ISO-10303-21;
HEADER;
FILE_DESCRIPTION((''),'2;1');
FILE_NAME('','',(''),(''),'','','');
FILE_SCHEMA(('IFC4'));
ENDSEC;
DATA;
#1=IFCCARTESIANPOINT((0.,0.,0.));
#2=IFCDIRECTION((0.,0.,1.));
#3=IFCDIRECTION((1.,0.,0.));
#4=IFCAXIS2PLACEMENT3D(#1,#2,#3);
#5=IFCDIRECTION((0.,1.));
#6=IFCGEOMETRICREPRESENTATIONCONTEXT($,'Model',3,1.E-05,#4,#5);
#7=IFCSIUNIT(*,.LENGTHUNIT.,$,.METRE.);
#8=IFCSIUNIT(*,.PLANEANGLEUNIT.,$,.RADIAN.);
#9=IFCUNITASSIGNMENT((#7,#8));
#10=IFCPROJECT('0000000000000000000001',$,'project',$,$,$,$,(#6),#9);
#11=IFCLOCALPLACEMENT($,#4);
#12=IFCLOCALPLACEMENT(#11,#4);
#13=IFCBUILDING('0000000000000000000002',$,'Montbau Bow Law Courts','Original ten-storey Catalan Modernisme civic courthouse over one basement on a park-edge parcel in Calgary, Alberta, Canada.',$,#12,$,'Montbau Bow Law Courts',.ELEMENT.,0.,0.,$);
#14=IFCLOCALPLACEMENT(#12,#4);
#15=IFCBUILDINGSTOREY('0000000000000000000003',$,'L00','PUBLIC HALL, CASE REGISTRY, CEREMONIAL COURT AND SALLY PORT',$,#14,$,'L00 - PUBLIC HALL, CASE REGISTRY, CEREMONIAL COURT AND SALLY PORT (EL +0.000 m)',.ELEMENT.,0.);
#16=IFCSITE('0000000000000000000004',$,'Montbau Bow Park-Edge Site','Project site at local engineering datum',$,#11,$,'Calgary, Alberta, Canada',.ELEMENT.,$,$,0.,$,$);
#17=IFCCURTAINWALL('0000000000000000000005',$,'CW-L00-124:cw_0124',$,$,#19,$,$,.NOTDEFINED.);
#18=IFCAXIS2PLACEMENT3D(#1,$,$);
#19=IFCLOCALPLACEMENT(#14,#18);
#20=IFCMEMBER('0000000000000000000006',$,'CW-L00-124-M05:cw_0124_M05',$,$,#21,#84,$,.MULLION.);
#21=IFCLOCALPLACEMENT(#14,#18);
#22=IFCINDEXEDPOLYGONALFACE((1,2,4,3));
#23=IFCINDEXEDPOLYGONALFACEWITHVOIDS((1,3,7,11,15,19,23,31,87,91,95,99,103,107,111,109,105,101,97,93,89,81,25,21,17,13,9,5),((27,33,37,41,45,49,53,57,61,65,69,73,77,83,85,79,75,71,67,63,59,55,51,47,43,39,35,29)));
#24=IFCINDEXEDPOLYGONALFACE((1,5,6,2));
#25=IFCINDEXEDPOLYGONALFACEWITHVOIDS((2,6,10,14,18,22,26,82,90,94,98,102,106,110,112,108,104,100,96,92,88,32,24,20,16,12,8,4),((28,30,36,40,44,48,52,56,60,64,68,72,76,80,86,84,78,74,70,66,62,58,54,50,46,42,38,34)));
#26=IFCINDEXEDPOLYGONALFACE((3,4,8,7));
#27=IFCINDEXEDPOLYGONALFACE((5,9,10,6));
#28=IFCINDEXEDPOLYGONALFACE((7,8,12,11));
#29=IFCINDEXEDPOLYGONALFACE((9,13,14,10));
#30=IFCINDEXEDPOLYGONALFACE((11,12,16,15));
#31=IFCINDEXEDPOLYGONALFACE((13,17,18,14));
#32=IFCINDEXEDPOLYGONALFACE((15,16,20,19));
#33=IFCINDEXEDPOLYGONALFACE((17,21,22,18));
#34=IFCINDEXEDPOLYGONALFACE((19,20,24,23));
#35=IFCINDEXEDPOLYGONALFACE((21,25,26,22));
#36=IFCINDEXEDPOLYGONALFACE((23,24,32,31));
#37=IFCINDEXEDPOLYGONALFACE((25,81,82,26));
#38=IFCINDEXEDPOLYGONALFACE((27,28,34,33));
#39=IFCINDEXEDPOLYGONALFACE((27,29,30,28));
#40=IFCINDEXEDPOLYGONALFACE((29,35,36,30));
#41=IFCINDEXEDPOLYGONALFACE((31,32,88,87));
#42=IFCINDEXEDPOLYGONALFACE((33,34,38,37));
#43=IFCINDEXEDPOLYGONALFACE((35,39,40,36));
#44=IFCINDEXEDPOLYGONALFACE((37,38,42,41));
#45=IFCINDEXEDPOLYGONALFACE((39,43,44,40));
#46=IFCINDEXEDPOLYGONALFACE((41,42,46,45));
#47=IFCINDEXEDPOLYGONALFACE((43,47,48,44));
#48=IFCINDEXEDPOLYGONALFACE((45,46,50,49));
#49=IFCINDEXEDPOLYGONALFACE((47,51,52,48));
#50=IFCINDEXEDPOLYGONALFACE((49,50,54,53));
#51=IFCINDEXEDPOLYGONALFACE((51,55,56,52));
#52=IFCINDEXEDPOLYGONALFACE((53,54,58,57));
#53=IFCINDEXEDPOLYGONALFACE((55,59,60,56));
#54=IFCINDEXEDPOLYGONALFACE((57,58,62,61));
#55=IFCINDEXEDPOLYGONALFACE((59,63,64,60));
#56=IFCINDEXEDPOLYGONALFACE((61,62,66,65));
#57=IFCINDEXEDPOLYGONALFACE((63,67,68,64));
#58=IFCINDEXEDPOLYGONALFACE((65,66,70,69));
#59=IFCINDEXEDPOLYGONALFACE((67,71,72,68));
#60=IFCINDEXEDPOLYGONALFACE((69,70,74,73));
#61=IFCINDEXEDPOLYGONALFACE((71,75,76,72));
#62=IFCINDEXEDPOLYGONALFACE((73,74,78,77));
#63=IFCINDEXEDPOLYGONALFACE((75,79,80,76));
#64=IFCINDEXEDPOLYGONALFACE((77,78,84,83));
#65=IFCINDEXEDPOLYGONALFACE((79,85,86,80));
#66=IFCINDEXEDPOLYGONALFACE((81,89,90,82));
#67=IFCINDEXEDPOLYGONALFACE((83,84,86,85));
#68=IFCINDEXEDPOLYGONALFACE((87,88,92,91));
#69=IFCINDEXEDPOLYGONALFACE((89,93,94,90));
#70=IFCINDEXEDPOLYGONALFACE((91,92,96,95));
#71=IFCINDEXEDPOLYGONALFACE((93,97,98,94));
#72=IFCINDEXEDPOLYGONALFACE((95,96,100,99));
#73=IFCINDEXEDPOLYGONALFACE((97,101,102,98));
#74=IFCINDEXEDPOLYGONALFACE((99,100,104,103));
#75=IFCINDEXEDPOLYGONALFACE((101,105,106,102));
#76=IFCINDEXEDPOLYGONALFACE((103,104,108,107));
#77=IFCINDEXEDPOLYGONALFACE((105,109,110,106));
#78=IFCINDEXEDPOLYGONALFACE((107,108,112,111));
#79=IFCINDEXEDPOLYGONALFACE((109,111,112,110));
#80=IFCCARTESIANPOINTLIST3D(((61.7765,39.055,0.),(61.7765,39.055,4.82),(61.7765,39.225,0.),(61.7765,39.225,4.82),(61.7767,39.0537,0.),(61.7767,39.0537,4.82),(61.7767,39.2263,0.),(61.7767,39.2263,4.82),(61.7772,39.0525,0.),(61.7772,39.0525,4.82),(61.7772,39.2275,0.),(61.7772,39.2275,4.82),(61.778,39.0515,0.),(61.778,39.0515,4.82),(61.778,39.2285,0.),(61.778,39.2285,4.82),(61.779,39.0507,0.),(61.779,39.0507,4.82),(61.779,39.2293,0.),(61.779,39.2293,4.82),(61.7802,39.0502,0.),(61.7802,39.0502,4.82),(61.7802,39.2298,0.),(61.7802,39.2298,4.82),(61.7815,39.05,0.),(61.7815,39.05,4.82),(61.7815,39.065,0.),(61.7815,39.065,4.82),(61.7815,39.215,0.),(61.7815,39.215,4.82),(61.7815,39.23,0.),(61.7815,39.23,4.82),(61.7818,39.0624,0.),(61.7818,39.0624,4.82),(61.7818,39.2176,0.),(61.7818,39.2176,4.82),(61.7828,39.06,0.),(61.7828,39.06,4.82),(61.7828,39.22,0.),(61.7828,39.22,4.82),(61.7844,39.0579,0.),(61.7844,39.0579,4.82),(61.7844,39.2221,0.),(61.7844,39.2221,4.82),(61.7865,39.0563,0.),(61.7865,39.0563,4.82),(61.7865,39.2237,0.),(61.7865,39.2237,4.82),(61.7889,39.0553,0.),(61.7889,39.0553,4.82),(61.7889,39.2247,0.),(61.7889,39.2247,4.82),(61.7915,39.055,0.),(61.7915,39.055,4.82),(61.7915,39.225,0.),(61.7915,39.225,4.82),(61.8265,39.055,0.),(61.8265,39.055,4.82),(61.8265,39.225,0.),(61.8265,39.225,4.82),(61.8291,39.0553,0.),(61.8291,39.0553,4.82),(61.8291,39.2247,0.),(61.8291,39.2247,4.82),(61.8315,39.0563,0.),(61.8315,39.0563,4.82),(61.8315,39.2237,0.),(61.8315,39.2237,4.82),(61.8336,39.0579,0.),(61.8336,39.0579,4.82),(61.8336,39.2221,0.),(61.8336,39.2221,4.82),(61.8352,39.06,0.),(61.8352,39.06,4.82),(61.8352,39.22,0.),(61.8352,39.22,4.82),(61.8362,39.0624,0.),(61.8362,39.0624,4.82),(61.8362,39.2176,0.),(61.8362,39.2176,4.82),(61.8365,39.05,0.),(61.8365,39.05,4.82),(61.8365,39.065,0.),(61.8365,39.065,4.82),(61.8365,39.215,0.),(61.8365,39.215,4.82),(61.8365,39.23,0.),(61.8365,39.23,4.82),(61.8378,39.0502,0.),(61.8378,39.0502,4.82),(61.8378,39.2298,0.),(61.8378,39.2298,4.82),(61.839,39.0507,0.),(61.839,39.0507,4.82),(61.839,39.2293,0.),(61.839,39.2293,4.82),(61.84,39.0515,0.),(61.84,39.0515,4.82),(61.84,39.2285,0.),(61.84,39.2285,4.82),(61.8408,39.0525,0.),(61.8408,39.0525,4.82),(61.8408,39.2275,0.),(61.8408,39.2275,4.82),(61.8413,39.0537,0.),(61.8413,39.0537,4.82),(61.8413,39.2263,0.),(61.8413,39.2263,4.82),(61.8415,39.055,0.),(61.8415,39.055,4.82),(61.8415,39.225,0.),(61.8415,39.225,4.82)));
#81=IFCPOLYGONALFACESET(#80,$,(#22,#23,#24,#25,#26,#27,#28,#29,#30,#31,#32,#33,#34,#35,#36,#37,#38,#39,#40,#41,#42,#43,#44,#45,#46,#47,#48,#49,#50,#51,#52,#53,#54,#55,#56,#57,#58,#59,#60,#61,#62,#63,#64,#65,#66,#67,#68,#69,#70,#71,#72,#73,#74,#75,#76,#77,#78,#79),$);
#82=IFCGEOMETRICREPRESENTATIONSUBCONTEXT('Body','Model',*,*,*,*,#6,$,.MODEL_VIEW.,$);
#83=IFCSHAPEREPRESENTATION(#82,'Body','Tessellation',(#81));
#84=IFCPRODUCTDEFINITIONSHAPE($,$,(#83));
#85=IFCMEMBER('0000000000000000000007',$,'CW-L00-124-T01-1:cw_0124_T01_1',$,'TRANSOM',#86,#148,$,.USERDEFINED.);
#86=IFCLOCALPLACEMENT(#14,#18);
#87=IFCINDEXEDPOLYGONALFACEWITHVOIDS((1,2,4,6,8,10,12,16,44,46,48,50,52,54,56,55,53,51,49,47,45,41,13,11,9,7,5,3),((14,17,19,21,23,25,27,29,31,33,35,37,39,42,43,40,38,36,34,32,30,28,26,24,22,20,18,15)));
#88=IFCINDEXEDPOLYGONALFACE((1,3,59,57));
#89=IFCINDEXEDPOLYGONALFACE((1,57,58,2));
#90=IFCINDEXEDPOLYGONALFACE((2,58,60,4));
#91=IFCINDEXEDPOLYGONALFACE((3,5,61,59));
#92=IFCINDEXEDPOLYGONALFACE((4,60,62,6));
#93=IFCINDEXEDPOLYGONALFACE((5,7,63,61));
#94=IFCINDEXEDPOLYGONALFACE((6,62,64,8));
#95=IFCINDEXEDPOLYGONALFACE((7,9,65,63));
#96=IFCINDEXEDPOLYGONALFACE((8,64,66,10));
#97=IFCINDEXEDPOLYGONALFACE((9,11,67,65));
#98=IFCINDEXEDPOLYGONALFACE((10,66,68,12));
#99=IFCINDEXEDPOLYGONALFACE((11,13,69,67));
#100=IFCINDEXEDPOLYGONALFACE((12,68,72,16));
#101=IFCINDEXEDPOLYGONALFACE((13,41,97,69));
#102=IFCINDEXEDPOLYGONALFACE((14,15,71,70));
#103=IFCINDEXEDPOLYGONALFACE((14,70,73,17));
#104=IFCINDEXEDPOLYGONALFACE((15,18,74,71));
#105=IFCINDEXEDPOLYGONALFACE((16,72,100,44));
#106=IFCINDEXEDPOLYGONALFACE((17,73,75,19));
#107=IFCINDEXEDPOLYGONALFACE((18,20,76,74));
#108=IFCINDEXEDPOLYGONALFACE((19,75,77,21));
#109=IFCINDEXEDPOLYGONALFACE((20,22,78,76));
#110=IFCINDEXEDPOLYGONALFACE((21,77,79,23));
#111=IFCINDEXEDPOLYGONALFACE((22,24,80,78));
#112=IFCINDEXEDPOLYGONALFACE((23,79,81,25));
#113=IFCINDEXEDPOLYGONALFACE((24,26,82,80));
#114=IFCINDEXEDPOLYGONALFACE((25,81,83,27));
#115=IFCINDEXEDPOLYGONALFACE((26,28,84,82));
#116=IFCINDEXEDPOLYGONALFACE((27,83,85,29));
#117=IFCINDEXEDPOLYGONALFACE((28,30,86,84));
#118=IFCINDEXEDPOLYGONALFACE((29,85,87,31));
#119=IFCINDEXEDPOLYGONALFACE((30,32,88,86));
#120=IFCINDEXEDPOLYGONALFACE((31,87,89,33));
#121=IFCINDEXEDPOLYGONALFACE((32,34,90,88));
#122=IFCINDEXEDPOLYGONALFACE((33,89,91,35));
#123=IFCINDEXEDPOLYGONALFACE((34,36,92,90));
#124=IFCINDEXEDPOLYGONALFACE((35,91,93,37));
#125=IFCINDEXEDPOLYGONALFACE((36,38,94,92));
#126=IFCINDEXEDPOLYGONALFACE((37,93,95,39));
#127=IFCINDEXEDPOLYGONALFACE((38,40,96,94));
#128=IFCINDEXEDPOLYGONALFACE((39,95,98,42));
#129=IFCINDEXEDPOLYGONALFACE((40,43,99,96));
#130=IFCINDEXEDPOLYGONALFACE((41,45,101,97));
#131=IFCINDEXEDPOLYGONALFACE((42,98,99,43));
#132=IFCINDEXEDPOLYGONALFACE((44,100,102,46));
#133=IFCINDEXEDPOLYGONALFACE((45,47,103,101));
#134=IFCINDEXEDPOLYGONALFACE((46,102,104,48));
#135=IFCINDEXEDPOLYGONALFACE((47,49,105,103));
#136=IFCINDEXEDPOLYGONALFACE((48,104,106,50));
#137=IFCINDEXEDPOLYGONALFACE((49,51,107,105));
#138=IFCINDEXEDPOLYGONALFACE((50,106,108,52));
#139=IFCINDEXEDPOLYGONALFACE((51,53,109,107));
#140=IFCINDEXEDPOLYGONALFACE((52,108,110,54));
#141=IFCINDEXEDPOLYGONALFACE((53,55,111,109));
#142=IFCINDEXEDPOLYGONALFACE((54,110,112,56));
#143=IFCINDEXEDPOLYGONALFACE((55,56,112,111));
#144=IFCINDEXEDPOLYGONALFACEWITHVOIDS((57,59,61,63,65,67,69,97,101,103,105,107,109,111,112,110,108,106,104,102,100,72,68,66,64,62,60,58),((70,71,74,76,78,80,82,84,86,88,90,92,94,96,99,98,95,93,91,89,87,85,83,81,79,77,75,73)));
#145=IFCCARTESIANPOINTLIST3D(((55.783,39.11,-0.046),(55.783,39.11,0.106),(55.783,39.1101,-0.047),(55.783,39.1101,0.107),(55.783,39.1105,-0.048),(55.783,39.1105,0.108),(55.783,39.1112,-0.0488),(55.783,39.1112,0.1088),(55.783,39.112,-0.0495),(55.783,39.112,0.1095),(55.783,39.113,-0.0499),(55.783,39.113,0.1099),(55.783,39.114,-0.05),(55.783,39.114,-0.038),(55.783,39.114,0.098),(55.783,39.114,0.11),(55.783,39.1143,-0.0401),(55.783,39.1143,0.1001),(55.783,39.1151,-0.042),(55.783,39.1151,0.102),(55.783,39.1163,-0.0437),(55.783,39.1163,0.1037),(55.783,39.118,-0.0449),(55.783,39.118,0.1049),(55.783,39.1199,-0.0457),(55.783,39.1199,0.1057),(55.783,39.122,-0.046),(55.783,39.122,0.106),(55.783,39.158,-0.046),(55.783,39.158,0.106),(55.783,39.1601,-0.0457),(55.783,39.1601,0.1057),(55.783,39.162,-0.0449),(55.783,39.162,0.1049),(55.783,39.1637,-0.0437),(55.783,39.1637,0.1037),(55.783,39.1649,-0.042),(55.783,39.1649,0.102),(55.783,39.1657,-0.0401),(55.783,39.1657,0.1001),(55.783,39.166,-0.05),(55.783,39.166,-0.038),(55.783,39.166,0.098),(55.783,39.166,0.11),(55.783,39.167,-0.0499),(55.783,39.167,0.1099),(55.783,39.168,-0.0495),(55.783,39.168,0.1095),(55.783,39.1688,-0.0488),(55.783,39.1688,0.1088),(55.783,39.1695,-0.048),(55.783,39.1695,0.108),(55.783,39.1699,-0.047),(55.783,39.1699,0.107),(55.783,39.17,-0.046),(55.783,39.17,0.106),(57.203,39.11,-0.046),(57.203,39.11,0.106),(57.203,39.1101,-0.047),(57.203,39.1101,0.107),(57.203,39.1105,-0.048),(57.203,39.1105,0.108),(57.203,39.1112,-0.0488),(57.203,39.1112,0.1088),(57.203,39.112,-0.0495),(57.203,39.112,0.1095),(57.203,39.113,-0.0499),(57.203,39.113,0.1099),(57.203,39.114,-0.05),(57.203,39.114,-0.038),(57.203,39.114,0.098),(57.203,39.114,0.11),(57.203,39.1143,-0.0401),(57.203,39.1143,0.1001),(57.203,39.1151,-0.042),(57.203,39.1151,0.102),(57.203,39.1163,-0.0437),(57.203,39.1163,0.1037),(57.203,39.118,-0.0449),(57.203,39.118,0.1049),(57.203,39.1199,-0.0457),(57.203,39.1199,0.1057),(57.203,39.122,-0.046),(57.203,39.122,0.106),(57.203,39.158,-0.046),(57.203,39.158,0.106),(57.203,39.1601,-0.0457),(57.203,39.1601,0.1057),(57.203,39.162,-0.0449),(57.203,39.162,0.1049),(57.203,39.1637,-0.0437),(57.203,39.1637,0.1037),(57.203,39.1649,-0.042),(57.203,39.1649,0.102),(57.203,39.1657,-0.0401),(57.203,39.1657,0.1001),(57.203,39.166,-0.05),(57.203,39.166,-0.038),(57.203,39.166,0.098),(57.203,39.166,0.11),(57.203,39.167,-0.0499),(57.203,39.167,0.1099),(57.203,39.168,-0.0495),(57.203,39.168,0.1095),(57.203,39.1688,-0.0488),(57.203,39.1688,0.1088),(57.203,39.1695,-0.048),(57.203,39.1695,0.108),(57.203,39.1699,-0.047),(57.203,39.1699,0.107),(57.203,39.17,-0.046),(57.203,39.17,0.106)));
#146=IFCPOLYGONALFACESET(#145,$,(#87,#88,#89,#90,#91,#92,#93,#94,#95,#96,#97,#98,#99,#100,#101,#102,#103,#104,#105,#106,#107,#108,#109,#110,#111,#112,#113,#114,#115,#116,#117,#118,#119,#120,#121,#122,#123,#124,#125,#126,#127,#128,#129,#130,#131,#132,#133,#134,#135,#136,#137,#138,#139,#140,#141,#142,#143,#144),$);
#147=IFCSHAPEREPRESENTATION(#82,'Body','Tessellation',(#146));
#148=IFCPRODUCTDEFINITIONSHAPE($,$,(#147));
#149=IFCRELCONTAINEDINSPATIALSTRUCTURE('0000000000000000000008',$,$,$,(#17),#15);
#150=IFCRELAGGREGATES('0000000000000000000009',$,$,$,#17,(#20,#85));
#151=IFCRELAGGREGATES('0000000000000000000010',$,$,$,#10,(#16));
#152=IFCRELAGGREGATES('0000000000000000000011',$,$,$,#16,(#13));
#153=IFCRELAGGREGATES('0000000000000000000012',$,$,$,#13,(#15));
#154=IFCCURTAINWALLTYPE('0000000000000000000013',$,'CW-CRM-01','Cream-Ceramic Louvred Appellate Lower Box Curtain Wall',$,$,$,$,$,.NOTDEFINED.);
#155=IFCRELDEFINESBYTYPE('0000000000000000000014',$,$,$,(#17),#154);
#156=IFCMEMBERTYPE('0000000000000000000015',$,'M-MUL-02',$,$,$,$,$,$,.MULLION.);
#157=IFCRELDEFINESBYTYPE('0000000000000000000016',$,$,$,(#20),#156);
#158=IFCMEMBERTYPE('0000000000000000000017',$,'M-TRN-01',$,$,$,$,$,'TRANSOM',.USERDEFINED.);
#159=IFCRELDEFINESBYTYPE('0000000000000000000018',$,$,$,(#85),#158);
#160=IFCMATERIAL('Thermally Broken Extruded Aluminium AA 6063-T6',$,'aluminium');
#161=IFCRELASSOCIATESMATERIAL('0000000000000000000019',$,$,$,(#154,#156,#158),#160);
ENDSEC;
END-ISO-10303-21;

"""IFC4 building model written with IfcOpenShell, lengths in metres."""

from ifc_helpers import new_model, si_unit, direction, frame, origin_with_axes, origin_2d_with_axis, place, context, subcontext, project, spatial, hollow_rectangle, extrude, material, material_profile, profile_set, type_object, element, aggregate, save


model = new_model("IFC4")

# Units and contexts
model_context = context("Model", 3, precision=1e-05, world=origin_with_axes(), true_north=direction((0.0, 1.0)))
body_context = subcontext(model_context, "Body", "Model", "MODEL_VIEW")
ifc_project = project(units=[si_unit("LENGTHUNIT", "METRE"), si_unit("PLANEANGLEUNIT", "RADIAN")], contexts=[model_context])

# Site, building, storey
site_placement = place(None, origin_with_axes())
site = spatial("IfcSite", under=ifc_project, at=site_placement, Name="Montbau Bow Park-Edge Site", Description="Project site at local engineering datum", LongName="Calgary, Alberta, Canada", CompositionType="ELEMENT", RefElevation=0.0)
building_placement = place(site_placement, origin_with_axes())
building = spatial("IfcBuilding", under=site, at=building_placement, Name="Montbau Bow Law Courts", Description="Original ten-storey Catalan Modernisme civic courthouse over one basement on a park-edge parcel in Calgary, Alberta, Canada.", LongName="Montbau Bow Law Courts", CompositionType="ELEMENT", ElevationOfRefHeight=0.0, ElevationOfTerrain=0.0)
storey_placement = place(building_placement, origin_with_axes())
storey = spatial("IfcBuildingStorey", under=building, at=storey_placement, Name="L00", Description="PUBLIC HALL, CASE REGISTRY, CEREMONIAL COURT AND SALLY PORT", LongName="L00 - PUBLIC HALL, CASE REGISTRY, CEREMONIAL COURT AND SALLY PORT (EL +0.000 m)", CompositionType="ELEMENT", Elevation=0.0)

# Curtain wall, members
ifc_material_1 = material(Name="Thermally Broken Extruded Aluminium AA 6063-T6", Category="aluminium")
curtain_wall_type = type_object("IfcCurtainWallType", Name="CW-CRM-01", Description="Cream-Ceramic Louvred Appellate Lower Box Curtain Wall", PredefinedType="NOTDEFINED", material=ifc_material_1)
curtain_wall_placement = place(None, frame((55.715, 39.14, 0.0), z_axis=(0.0, 0.0, 1.0), x_axis=(1.0, 0.0, 0.0)))
curtain_wall = element("IfcCurtainWall", 1, at=curtain_wall_placement, inside=storey, type_object=curtain_wall_type, Name="CW-L00-124:cw_0124", PredefinedType="NOTDEFINED")
ifc_material_profile_1 = material_profile(ifc_material_1, hollow_rectangle(XDim=0.065, YDim=0.18, WallThickness=0.005, InnerFilletRadius=0.01, OuterFilletRadius=0.005, at=origin_2d_with_axis()), Name="CWM-180X65", Category="Main", Priority=0)
ifc_profile_set_1 = profile_set([ifc_material_profile_1], Name="Thermally Broken Extruded Aluminium AA 6063-T6")
member_type_1 = type_object("IfcMemberType", Name="M-MUL-02", PredefinedType="MULLION", material=ifc_profile_set_1)
member_1_placement = place(None, frame((61.809, 39.14, 0.0), z_axis=(0.0, 0.0, 1.0), x_axis=(1.0, 0.0, 0.0)))
member_1 = element("IfcMember", 2, at=member_1_placement, type_object=member_type_1, Name="CW-L00-124-M05:cw_0124_M05", PredefinedType="MULLION", context=body_context, shape_type="SweptSolid", body=[
    extrude(hollow_rectangle(XDim=0.065, YDim=0.18, WallThickness=0.005, InnerFilletRadius=0.01, OuterFilletRadius=0.005, at=origin_2d_with_axis()), origin_with_axes(), (0.0, 0.0, 1.0), 4.82),
])
ifc_material_profile_2 = material_profile(ifc_material_1, hollow_rectangle(XDim=0.06, YDim=0.16, WallThickness=0.004, InnerFilletRadius=0.008, OuterFilletRadius=0.004, at=origin_2d_with_axis()), Name="CWT-160X60", Category="Main", Priority=0)
ifc_profile_set_2 = profile_set([ifc_material_profile_2], Name="Thermally Broken Extruded Aluminium AA 6063-T6")
member_type_2 = type_object("IfcMemberType", Name="M-TRN-01", ElementType="TRANSOM", PredefinedType="USERDEFINED", material=ifc_profile_set_2)
member_2_placement = place(None, frame((55.783, 39.14, 0.03), z_axis=(1.0, 0.0, 0.0), x_axis=(0.0, 1.0, 0.0)))
member_2 = element("IfcMember", 3, at=member_2_placement, type_object=member_type_2, Name="CW-L00-124-T01-1:cw_0124_T01_1", ObjectType="TRANSOM", PredefinedType="USERDEFINED", context=body_context, shape_type="SweptSolid", body=[
    extrude(hollow_rectangle(XDim=0.06, YDim=0.16, WallThickness=0.004, InnerFilletRadius=0.008, OuterFilletRadius=0.004, at=origin_2d_with_axis()), origin_with_axes(), (0.0, 0.0, 1.0), 1.42),
])
aggregate(curtain_wall, [member_1, member_2])

save(model, "model.ifc")
